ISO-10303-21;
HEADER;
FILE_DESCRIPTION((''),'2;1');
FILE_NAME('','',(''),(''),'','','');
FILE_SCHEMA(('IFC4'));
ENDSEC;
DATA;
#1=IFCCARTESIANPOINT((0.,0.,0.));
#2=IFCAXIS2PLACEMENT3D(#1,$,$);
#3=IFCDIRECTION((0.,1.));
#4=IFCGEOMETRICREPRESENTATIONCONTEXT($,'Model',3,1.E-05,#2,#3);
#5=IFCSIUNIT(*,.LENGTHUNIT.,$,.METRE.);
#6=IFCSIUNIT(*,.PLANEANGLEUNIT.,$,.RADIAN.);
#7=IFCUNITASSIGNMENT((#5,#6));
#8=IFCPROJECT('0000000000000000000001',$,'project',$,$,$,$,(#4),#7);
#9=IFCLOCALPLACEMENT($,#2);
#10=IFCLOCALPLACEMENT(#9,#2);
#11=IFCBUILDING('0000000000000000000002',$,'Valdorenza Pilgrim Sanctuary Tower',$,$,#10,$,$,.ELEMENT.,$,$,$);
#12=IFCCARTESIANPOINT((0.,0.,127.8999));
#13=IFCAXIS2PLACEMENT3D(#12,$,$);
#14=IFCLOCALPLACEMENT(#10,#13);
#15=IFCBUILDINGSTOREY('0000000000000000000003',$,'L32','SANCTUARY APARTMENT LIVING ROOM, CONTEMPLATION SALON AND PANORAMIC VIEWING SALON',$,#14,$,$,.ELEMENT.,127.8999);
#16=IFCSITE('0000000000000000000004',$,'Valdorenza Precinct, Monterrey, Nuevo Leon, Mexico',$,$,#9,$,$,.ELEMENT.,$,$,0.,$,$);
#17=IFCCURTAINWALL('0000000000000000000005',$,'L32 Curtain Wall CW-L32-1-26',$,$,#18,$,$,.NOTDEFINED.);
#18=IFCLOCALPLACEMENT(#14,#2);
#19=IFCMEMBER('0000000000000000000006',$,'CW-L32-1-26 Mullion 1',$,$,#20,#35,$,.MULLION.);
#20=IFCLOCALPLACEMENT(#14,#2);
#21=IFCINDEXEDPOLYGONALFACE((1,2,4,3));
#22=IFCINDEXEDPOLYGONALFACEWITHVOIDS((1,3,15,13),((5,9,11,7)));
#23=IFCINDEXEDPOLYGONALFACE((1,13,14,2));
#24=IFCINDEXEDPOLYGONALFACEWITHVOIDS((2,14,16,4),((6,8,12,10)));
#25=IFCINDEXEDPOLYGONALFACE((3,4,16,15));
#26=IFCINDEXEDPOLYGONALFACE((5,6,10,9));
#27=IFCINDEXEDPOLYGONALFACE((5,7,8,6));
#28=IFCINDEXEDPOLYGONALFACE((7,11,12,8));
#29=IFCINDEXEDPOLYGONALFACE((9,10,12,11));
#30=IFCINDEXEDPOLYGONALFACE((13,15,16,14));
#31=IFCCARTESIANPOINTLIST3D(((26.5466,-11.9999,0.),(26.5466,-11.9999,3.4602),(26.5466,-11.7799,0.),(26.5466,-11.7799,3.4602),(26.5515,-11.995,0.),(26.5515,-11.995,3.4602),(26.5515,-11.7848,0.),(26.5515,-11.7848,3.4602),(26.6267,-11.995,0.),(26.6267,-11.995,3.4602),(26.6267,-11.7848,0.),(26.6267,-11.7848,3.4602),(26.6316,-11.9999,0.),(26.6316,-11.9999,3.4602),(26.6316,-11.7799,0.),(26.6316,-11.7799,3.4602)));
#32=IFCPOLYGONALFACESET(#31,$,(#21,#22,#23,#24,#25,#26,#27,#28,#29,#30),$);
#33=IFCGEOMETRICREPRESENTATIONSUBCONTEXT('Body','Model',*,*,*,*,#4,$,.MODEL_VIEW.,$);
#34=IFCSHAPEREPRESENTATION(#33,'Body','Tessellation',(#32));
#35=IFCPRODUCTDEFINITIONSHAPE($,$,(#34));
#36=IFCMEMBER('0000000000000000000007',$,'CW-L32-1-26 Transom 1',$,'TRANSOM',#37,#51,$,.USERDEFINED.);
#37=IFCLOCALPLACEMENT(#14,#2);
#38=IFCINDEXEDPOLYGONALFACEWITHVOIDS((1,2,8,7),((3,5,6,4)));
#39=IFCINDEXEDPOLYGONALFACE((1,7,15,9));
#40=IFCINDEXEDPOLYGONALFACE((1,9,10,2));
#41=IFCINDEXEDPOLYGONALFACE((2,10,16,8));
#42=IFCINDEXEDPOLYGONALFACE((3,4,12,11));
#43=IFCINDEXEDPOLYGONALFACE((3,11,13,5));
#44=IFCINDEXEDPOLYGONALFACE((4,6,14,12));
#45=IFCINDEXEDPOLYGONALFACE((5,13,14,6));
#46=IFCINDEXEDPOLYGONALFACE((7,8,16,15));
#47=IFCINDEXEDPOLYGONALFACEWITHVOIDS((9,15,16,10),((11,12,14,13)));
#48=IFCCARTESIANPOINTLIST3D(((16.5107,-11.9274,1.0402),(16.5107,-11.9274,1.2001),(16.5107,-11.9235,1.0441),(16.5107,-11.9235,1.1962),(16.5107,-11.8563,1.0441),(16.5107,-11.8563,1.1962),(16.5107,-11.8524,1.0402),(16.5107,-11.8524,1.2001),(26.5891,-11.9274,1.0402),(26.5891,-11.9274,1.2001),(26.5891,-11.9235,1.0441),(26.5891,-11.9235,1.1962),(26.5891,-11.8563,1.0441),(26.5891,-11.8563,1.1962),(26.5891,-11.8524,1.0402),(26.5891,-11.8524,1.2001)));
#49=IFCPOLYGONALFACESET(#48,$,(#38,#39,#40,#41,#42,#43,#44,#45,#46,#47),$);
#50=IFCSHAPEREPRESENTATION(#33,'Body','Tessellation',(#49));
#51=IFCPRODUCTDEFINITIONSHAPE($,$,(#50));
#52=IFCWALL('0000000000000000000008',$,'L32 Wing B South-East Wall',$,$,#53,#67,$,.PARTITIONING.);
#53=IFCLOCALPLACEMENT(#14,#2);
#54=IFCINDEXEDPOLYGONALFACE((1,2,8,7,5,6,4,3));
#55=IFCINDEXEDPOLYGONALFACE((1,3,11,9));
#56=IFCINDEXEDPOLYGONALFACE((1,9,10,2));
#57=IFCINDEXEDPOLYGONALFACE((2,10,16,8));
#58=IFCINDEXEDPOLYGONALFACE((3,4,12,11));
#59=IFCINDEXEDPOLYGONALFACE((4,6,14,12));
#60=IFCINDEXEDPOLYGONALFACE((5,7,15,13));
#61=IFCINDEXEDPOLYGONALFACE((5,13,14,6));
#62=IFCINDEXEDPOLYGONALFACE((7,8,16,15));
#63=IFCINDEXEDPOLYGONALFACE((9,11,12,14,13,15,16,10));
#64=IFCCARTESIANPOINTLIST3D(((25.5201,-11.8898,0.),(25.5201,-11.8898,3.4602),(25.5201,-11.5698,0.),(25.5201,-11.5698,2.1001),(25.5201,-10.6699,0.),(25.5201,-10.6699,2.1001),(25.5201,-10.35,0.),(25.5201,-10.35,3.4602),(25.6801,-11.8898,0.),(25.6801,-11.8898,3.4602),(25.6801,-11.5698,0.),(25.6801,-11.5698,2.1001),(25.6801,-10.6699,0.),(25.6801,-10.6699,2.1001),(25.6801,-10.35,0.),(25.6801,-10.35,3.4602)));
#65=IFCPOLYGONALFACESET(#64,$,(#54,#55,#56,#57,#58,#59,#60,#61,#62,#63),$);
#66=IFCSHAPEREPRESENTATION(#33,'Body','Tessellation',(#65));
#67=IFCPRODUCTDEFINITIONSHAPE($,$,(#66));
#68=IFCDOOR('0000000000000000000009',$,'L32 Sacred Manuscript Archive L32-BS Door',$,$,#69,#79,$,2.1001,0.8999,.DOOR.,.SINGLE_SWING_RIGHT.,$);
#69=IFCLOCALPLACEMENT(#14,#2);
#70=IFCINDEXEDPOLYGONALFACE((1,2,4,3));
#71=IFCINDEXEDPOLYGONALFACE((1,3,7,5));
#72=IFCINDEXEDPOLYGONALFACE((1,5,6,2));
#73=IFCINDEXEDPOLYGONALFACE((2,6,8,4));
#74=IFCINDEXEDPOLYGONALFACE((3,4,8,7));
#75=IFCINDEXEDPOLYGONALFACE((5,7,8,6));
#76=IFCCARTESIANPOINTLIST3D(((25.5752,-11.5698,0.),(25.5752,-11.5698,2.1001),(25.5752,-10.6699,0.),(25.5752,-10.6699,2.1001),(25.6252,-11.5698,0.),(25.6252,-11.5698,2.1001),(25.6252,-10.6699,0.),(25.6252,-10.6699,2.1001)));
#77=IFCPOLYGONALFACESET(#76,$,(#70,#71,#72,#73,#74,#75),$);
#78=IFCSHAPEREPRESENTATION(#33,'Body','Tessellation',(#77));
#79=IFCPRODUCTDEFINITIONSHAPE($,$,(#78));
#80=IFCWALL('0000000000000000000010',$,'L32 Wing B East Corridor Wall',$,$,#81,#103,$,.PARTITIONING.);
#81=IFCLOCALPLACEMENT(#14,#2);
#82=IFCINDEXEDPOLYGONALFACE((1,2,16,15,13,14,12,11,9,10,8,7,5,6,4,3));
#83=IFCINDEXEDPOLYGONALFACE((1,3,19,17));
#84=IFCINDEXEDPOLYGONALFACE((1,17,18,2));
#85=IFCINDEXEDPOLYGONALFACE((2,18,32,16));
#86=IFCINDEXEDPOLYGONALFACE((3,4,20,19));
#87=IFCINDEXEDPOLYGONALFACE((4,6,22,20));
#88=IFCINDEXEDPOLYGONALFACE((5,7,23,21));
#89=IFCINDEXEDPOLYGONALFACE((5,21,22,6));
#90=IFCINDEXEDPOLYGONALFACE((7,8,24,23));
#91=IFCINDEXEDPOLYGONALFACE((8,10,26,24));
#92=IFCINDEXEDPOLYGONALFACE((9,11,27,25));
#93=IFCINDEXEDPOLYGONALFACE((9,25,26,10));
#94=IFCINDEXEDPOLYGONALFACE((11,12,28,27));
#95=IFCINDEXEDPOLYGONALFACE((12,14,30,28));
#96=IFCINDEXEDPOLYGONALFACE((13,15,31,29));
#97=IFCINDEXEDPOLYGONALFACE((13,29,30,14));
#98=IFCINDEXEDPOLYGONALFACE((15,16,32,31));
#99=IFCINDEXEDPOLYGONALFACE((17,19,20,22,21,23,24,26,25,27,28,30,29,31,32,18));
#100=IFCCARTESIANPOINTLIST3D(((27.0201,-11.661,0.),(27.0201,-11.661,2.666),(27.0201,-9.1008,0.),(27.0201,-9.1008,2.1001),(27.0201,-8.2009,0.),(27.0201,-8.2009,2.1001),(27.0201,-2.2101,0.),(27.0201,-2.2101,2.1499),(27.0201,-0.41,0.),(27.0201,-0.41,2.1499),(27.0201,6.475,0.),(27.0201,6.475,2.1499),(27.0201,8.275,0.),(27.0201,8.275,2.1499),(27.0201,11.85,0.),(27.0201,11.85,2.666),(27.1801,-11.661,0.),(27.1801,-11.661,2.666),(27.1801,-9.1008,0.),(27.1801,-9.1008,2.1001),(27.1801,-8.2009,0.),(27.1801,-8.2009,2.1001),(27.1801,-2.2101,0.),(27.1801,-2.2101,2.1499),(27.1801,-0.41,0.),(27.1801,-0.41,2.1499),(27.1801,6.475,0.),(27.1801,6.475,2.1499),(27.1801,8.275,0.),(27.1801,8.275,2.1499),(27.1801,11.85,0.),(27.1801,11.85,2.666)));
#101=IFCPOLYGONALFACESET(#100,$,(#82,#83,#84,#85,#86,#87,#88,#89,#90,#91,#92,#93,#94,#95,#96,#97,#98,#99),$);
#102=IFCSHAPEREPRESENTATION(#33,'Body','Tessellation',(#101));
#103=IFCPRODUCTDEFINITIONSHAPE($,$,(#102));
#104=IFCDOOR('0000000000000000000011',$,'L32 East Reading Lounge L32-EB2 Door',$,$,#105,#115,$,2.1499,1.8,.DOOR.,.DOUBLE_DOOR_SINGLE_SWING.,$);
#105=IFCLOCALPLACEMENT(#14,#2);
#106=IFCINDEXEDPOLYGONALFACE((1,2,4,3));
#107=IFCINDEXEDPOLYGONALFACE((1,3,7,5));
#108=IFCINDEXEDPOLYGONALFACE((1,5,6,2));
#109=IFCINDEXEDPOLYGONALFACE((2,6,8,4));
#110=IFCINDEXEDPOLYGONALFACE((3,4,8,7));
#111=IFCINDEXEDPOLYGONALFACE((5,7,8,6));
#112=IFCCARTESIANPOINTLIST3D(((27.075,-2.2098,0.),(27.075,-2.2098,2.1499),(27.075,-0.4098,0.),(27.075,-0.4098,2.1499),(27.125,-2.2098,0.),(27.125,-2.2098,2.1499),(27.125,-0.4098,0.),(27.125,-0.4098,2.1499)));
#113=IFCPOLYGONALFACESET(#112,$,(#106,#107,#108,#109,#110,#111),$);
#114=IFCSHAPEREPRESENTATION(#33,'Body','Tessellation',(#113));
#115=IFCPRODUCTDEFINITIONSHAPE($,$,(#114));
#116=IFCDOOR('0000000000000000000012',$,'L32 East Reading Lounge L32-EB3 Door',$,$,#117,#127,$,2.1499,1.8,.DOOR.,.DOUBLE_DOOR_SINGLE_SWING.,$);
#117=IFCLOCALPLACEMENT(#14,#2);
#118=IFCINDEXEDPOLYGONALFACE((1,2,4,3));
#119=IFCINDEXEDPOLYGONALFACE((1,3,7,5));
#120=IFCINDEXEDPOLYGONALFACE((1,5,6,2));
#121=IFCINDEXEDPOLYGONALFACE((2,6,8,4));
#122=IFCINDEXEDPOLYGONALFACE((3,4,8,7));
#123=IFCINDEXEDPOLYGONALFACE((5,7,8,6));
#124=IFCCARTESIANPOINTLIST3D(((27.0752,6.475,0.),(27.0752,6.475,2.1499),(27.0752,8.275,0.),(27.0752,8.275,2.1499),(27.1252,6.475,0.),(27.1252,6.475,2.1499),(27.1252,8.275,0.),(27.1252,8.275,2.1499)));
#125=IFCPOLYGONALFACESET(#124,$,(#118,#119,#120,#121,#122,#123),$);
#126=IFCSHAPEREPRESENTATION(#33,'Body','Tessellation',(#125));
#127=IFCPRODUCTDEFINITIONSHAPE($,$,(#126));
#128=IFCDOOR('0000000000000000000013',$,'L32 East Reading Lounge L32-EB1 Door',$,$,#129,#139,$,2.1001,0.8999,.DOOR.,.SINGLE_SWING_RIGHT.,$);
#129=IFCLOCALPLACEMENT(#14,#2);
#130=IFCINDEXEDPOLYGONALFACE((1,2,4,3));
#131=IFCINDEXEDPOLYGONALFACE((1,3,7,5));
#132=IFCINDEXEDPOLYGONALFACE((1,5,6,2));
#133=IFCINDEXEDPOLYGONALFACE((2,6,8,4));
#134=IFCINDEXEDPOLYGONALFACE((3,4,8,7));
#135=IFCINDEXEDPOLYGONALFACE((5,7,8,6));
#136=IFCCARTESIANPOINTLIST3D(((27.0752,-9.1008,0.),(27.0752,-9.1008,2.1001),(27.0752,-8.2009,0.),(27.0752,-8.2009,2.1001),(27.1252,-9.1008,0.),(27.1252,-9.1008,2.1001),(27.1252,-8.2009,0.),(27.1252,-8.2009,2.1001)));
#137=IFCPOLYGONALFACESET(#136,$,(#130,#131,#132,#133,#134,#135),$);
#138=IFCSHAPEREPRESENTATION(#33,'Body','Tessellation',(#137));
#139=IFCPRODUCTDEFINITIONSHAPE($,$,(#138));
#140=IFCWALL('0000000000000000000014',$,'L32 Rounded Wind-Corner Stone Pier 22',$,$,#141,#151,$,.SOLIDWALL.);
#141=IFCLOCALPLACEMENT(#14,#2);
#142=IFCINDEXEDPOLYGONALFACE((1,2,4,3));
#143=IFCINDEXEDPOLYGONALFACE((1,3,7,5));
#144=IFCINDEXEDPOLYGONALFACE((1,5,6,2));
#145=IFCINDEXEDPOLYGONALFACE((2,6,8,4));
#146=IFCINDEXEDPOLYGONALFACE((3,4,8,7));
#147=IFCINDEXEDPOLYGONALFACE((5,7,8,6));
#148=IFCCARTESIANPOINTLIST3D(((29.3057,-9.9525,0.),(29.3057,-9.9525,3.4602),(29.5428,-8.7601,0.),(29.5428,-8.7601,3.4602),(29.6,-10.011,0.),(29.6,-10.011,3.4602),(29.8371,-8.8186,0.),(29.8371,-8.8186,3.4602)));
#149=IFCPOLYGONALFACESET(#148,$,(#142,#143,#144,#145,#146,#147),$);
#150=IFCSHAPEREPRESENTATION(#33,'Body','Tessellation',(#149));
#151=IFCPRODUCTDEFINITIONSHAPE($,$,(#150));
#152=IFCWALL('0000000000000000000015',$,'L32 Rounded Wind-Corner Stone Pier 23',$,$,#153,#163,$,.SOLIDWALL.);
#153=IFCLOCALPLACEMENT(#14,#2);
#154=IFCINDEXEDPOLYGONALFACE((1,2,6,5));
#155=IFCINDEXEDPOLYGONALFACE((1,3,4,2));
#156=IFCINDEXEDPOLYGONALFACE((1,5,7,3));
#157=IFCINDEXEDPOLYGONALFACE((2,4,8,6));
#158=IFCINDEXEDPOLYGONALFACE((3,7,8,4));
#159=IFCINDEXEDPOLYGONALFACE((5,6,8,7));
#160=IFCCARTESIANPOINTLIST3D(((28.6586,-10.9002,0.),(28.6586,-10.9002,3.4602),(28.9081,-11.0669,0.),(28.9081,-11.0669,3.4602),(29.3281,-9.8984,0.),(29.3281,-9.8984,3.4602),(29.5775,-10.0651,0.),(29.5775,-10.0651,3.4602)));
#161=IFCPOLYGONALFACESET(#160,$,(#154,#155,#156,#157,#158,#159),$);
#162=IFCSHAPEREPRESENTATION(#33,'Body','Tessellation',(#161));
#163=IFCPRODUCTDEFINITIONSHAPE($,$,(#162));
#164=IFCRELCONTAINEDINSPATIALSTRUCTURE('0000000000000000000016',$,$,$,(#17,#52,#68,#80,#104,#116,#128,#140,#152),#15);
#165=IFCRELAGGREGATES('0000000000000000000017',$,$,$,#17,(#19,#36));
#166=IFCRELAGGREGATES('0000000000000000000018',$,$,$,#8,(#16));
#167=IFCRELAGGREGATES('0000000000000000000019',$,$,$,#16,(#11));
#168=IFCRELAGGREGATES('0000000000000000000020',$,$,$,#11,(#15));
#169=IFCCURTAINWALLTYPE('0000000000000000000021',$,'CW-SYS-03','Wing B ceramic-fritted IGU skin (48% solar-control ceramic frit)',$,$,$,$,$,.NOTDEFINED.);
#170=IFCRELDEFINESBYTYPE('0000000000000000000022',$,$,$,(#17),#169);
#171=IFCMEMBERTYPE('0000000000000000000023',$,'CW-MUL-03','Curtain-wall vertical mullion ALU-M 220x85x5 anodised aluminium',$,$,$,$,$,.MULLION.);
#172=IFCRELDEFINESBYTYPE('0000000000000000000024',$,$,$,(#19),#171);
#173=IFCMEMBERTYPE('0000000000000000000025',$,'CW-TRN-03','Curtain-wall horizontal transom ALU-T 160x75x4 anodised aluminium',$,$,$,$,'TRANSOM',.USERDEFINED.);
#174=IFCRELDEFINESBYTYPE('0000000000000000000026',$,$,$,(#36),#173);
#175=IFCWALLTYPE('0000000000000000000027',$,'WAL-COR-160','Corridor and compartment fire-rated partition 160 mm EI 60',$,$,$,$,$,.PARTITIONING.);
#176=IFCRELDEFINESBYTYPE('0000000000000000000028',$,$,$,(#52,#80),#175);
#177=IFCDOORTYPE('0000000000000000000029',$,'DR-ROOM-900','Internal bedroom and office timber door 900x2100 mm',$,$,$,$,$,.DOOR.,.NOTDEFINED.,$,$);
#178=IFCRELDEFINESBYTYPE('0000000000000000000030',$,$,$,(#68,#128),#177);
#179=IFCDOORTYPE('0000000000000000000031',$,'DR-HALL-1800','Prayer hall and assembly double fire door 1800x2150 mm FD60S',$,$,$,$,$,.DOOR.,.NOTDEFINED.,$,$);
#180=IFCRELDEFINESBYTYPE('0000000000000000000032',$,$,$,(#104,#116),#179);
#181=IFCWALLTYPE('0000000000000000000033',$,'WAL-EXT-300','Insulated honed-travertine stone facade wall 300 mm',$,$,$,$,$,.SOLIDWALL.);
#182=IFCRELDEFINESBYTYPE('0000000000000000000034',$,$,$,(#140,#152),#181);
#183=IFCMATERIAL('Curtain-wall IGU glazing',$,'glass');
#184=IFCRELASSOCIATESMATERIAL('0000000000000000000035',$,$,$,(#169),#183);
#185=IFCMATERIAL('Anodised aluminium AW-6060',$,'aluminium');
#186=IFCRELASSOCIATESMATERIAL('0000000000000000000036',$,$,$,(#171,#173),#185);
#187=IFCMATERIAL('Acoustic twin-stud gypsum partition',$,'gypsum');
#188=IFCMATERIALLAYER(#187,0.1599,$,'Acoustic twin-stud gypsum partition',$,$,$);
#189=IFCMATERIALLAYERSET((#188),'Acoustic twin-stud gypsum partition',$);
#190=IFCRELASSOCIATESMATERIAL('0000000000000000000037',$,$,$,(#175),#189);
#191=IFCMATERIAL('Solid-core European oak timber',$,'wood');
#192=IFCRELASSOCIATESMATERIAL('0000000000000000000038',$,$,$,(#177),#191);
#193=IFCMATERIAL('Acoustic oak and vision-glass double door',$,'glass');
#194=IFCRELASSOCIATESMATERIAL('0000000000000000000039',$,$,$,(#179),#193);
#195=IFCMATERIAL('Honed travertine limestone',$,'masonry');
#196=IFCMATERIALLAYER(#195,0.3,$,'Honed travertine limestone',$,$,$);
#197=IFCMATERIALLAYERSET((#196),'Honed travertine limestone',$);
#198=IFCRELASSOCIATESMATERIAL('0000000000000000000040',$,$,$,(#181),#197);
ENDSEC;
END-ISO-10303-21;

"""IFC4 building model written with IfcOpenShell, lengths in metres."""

from ifc_helpers import new_model, si_unit, direction, frame, frame_2d, origin, origin_2d, place, context, subcontext, project, spatial, rectangle, hollow_rectangle, extrude, source, transform, mapped, material, layer, layer_set, material_profile, profile_set, type_object, element, fill, aggregate, save


model = new_model("IFC4")

# Units and contexts
model_context = context("Model", 3, precision=1e-05, world=origin(), true_north=direction((0.0, 1.0)))
body_context = subcontext(model_context, "Body", "Model", "MODEL_VIEW")
ifc_project = project(units=[si_unit("LENGTHUNIT", "METRE"), si_unit("PLANEANGLEUNIT", "RADIAN")], contexts=[model_context])

# Site, building, storey
site_placement = place(None, origin())
site = spatial("IfcSite", under=ifc_project, at=site_placement, Name="Valdorenza Precinct, Monterrey, Nuevo Leon, Mexico", CompositionType="ELEMENT", RefElevation=0.0)
building_placement = place(site_placement, origin())
building = spatial("IfcBuilding", under=site, at=building_placement, Name="Valdorenza Pilgrim Sanctuary Tower", CompositionType="ELEMENT")
storey_placement = place(building_placement, frame((0.0, 0.0, 127.8999)))
storey = spatial("IfcBuildingStorey", under=building, at=storey_placement, Name="L32", Description="SANCTUARY APARTMENT LIVING ROOM, CONTEMPLATION SALON AND PANORAMIC VIEWING SALON", CompositionType="ELEMENT", Elevation=127.8999)

# Shared definitions
ifc_material_1 = material(Name="Curtain-wall IGU glazing", Category="glass")
curtain_wall_type = type_object("IfcCurtainWallType", Name="CW-SYS-03", Description="Wing B ceramic-fritted IGU skin (48% solar-control ceramic frit)", PredefinedType="NOTDEFINED", material=ifc_material_1)
ifc_material_2 = material(Name="Anodised aluminium AW-6060", Category="aluminium")
ifc_material_profile_1 = material_profile(ifc_material_2, hollow_rectangle(XDim=0.085, YDim=0.22, WallThickness=0.0049, at=origin_2d()), Name="ALU-M 220x85x5")
ifc_profile_set_1 = profile_set([ifc_material_profile_1], Name="Anodised aluminium AW-6060")
member_type_1 = type_object("IfcMemberType", Name="CW-MUL-03", Description="Curtain-wall vertical mullion ALU-M 220x85x5 anodised aluminium", PredefinedType="MULLION", material=ifc_profile_set_1)
shared_shape_1 = source(origin(), body_context, "Body", "SweptSolid", [
    extrude(hollow_rectangle(XDim=0.085, YDim=0.22, WallThickness=0.0049, at=origin_2d()), origin(), (0.0, 0.0, 1.0), 3.4602),
])

# Curtain wall, members
curtain_wall_1_placement = place(storey_placement, origin())
curtain_wall_1 = element("IfcCurtainWall", 1, at=curtain_wall_1_placement, inside=storey, type_object=curtain_wall_type, Name="L32 Curtain Wall CW-L32-1-26", PredefinedType="NOTDEFINED")
member_1_placement = place(storey_placement, frame((26.5891, -11.8899, 0.0), z_axis=(0.0, 0.0, 1.0), x_axis=(-1.0, 0.0, 0.0)))
member_1 = element("IfcMember", 2, at=member_1_placement, type_object=member_type_1, Name="CW-L32-1-26 Mullion 1", PredefinedType="MULLION", context=body_context, shape_type="MappedRepresentation", body=[
    mapped(shared_shape_1, transform((0.0, 0.0, 0.0), x_axis=(1.0, 0.0, 0.0), y_axis=(0.0, 1.0, 0.0), z_axis=(0.0, 0.0, 1.0), scale=1.0)),
])
ifc_material_profile_2 = material_profile(ifc_material_2, hollow_rectangle(XDim=0.075, YDim=0.1599, WallThickness=0.0039, at=origin_2d()), Name="ALU-T 160x75x4")
ifc_profile_set_2 = profile_set([ifc_material_profile_2], Name="Anodised aluminium AW-6060")
member_type_2 = type_object("IfcMemberType", Name="CW-TRN-03", Description="Curtain-wall horizontal transom ALU-T 160x75x4 anodised aluminium", ElementType="TRANSOM", PredefinedType="USERDEFINED", material=ifc_profile_set_2)
shared_shape_2 = source(origin(), body_context, "Body", "SweptSolid", [
    extrude(hollow_rectangle(XDim=0.075, YDim=0.1599, WallThickness=0.0039, at=origin_2d()), origin(), (0.0, 0.0, 1.0), 10.0784),
])
member_2_placement = place(storey_placement, frame((26.5891, -11.8899, 1.1201), z_axis=(-1.0, 0.0, 0.0), x_axis=(0.0, -1.0, 0.0)))
member_2 = element("IfcMember", 3, at=member_2_placement, type_object=member_type_2, Name="CW-L32-1-26 Transom 1", ObjectType="TRANSOM", PredefinedType="USERDEFINED", context=body_context, shape_type="MappedRepresentation", body=[
    mapped(shared_shape_2, transform((0.0, 0.0, 0.0), x_axis=(1.0, 0.0, 0.0), y_axis=(0.0, 1.0, 0.0), z_axis=(0.0, 0.0, 1.0), scale=1.0)),
])
aggregate(curtain_wall_1, [member_1, member_2])

# Wall, opening, door
ifc_material_3 = material(Name="Acoustic twin-stud gypsum partition", Category="gypsum")
ifc_layer_1 = layer(ifc_material_3, 0.1599, Name="Acoustic twin-stud gypsum partition")
ifc_layer_set_1 = layer_set([ifc_layer_1], Name="Acoustic twin-stud gypsum partition")
wall_type_1 = type_object("IfcWallType", Name="WAL-COR-160", Description="Corridor and compartment fire-rated partition 160 mm EI 60", PredefinedType="PARTITIONING", material=ifc_layer_set_1)
wall_1_placement = place(storey_placement, frame((25.6001, -11.8899, 0.0), z_axis=(0.0, 0.0, 1.0), x_axis=(0.0, 1.0, 0.0)))
wall_1 = element("IfcWall", 4, at=wall_1_placement, inside=storey, type_object=wall_type_1, Name="L32 Wing B South-East Wall", PredefinedType="PARTITIONING", context=body_context, shape_type="SweptSolid", body=[
    extrude(rectangle(XDim=1.5398, YDim=0.1599, at=frame_2d((0.77, 0.0))), origin(), (0.0, 0.0, 1.0), 3.4602),
])
opening_1_placement = place(wall_1_placement, frame((0.3201, 0.0, 0.0)))
opening_1 = element("IfcOpeningElement", 5, at=opening_1_placement, cuts=wall_1, PredefinedType="OPENING", context=body_context, shape_type="SweptSolid", body=[
    extrude(rectangle(XDim=0.8999, YDim=2.1001, at=frame_2d((0.45, 1.05))), frame((0.0, 0.0947, 0.0), z_axis=(0.0, -1.0, 0.0), x_axis=(1.0, 0.0, 0.0)), (0.0, 0.0, 1.0), 0.1897),
])
ifc_material_4 = material(Name="Solid-core European oak timber", Category="wood")
door_type_1 = type_object("IfcDoorType", Name="DR-ROOM-900", Description="Internal bedroom and office timber door 900x2100 mm", OperationType="NOTDEFINED", PredefinedType="DOOR", material=ifc_material_4)
door_1_placement = place(opening_1_placement, origin())
door_1 = element("IfcDoor", 6, at=door_1_placement, inside=storey, type_object=door_type_1, Name="L32 Sacred Manuscript Archive L32-BS Door", OperationType="SINGLE_SWING_RIGHT", OverallHeight=2.1001, OverallWidth=0.8999, PredefinedType="DOOR", context=body_context, shape_type="SweptSolid", body=[
    extrude(rectangle(XDim=0.8999, YDim=2.1001, at=frame_2d((0.45, 1.05))), frame((0.0, 0.0249, 0.0), z_axis=(0.0, -1.0, 0.0), x_axis=(1.0, 0.0, 0.0)), (0.0, 0.0, 1.0), 0.05),
])
fill(opening_1, door_1)

# Wall, openings, doors
wall_2_placement = place(storey_placement, frame((27.1001, -11.6609, 0.0), z_axis=(0.0, 0.0, 1.0), x_axis=(0.0, 1.0, 0.0)))
wall_2 = element("IfcWall", 7, at=wall_2_placement, inside=storey, type_object=wall_type_1, Name="L32 Wing B East Corridor Wall", PredefinedType="PARTITIONING", context=body_context, shape_type="SweptSolid", body=[
    extrude(rectangle(XDim=23.511, YDim=0.1599, at=frame_2d((11.7554, 0.0))), origin(), (0.0, 0.0, 1.0), 2.666),
])
opening_2_placement = place(wall_2_placement, frame((2.5601, 0.0, 0.0)))
opening_2 = element("IfcOpeningElement", 8, at=opening_2_placement, cuts=wall_2, PredefinedType="OPENING", context=body_context, shape_type="SweptSolid", body=[
    extrude(rectangle(XDim=0.8999, YDim=2.1001, at=frame_2d((0.45, 1.05))), frame((0.0, 0.0947, 0.0), z_axis=(0.0, -1.0, 0.0), x_axis=(1.0, 0.0, 0.0)), (0.0, 0.0, 1.0), 0.1897),
])
opening_3_placement = place(wall_2_placement, frame((9.4509, 0.0, 0.0)))
opening_3 = element("IfcOpeningElement", 9, at=opening_3_placement, cuts=wall_2, PredefinedType="OPENING", context=body_context, shape_type="SweptSolid", body=[
    extrude(rectangle(XDim=1.8, YDim=2.1499, at=frame_2d((0.8999, 1.075))), frame((0.0, 0.0947, 0.0), z_axis=(0.0, -1.0, 0.0), x_axis=(1.0, 0.0, 0.0)), (0.0, 0.0, 1.0), 0.1897),
])
opening_4_placement = place(wall_2_placement, frame((18.136, 0.0, 0.0)))
opening_4 = element("IfcOpeningElement", 10, at=opening_4_placement, cuts=wall_2, PredefinedType="OPENING", context=body_context, shape_type="SweptSolid", body=[
    extrude(rectangle(XDim=1.8, YDim=2.1499, at=frame_2d((0.8999, 1.075))), frame((0.0, 0.0947, 0.0), z_axis=(0.0, -1.0, 0.0), x_axis=(1.0, 0.0, 0.0)), (0.0, 0.0, 1.0), 0.1897),
])
ifc_material_5 = material(Name="Acoustic oak and vision-glass double door", Category="glass")
door_type_2 = type_object("IfcDoorType", Name="DR-HALL-1800", Description="Prayer hall and assembly double fire door 1800x2150 mm FD60S", OperationType="NOTDEFINED", PredefinedType="DOOR", material=ifc_material_5)
door_2_placement = place(opening_3_placement, frame((1.8, 0.0, 0.0), z_axis=(0.0, 0.0, 1.0), x_axis=(-1.0, 0.0, 0.0)))
door_2 = element("IfcDoor", 11, at=door_2_placement, inside=storey, type_object=door_type_2, Name="L32 East Reading Lounge L32-EB2 Door", OperationType="DOUBLE_DOOR_SINGLE_SWING", OverallHeight=2.1499, OverallWidth=1.8, PredefinedType="DOOR", context=body_context, shape_type="SweptSolid", body=[
    extrude(rectangle(XDim=1.8, YDim=2.1499, at=frame_2d((0.8999, 1.075))), frame((0.0, 0.0249, 0.0), z_axis=(0.0, -1.0, 0.0), x_axis=(1.0, 0.0, 0.0)), (0.0, 0.0, 1.0), 0.05),
])
fill(opening_3, door_2)
door_3_placement = place(opening_4_placement, origin())
door_3 = element("IfcDoor", 12, at=door_3_placement, inside=storey, type_object=door_type_2, Name="L32 East Reading Lounge L32-EB3 Door", OperationType="DOUBLE_DOOR_SINGLE_SWING", OverallHeight=2.1499, OverallWidth=1.8, PredefinedType="DOOR", context=body_context, shape_type="SweptSolid", body=[
    extrude(rectangle(XDim=1.8, YDim=2.1499, at=frame_2d((0.8999, 1.075))), frame((0.0, 0.0249, 0.0), z_axis=(0.0, -1.0, 0.0), x_axis=(1.0, 0.0, 0.0)), (0.0, 0.0, 1.0), 0.05),
])
fill(opening_4, door_3)
door_4_placement = place(opening_2_placement, origin())
door_4 = element("IfcDoor", 13, at=door_4_placement, inside=storey, type_object=door_type_1, Name="L32 East Reading Lounge L32-EB1 Door", OperationType="SINGLE_SWING_RIGHT", OverallHeight=2.1001, OverallWidth=0.8999, PredefinedType="DOOR", context=body_context, shape_type="SweptSolid", body=[
    extrude(rectangle(XDim=0.8999, YDim=2.1001, at=frame_2d((0.45, 1.05))), frame((0.0, 0.0249, 0.0), z_axis=(0.0, -1.0, 0.0), x_axis=(1.0, 0.0, 0.0)), (0.0, 0.0, 1.0), 0.05),
])
fill(opening_2, door_4)

# Walls
ifc_material_6 = material(Name="Honed travertine limestone", Category="masonry")
ifc_layer_2 = layer(ifc_material_6, 0.3, Name="Honed travertine limestone")
ifc_layer_set_2 = layer_set([ifc_layer_2], Name="Honed travertine limestone")
wall_type_2 = type_object("IfcWallType", Name="WAL-EXT-300", Description="Insulated honed-travertine stone facade wall 300 mm", PredefinedType="SOLIDWALL", material=ifc_layer_set_2)
wall_3_placement = place(storey_placement, frame((29.6899, -8.7893, 0.0), z_axis=(0.0, 0.0, 1.0), x_axis=(-0.194996, -0.980804, 0.0)))
element("IfcWall", 14, at=wall_3_placement, inside=storey, type_object=wall_type_2, Name="L32 Rounded Wind-Corner Stone Pier 22", PredefinedType="SOLIDWALL", context=body_context, shape_type="SweptSolid", body=[
    extrude(rectangle(XDim=1.2158, YDim=0.3, at=frame_2d((0.6079, 0.0))), origin(), (0.0, 0.0, 1.0), 3.4602),
])
for number, where, z_axis, x_axis, name in (
    (15, (29.4529, -9.9817, 0.0), (0.0, 0.0, 1.0), (-0.555635, -0.831426, 0.0), "L32 Rounded Wind-Corner Stone Pier 23"),
):
    element("IfcWall", number, at=place(storey_placement, frame(where, z_axis=z_axis, x_axis=x_axis)), inside=storey, type_object=wall_type_2, Name=name, PredefinedType="SOLIDWALL", context=body_context, shape_type="SweptSolid", body=[
        extrude(rectangle(XDim=1.2048, YDim=0.3, at=frame_2d((0.6025, 0.0))), origin(), (0.0, 0.0, 1.0), 3.4602),
    ])

save(model, "model.ifc")
